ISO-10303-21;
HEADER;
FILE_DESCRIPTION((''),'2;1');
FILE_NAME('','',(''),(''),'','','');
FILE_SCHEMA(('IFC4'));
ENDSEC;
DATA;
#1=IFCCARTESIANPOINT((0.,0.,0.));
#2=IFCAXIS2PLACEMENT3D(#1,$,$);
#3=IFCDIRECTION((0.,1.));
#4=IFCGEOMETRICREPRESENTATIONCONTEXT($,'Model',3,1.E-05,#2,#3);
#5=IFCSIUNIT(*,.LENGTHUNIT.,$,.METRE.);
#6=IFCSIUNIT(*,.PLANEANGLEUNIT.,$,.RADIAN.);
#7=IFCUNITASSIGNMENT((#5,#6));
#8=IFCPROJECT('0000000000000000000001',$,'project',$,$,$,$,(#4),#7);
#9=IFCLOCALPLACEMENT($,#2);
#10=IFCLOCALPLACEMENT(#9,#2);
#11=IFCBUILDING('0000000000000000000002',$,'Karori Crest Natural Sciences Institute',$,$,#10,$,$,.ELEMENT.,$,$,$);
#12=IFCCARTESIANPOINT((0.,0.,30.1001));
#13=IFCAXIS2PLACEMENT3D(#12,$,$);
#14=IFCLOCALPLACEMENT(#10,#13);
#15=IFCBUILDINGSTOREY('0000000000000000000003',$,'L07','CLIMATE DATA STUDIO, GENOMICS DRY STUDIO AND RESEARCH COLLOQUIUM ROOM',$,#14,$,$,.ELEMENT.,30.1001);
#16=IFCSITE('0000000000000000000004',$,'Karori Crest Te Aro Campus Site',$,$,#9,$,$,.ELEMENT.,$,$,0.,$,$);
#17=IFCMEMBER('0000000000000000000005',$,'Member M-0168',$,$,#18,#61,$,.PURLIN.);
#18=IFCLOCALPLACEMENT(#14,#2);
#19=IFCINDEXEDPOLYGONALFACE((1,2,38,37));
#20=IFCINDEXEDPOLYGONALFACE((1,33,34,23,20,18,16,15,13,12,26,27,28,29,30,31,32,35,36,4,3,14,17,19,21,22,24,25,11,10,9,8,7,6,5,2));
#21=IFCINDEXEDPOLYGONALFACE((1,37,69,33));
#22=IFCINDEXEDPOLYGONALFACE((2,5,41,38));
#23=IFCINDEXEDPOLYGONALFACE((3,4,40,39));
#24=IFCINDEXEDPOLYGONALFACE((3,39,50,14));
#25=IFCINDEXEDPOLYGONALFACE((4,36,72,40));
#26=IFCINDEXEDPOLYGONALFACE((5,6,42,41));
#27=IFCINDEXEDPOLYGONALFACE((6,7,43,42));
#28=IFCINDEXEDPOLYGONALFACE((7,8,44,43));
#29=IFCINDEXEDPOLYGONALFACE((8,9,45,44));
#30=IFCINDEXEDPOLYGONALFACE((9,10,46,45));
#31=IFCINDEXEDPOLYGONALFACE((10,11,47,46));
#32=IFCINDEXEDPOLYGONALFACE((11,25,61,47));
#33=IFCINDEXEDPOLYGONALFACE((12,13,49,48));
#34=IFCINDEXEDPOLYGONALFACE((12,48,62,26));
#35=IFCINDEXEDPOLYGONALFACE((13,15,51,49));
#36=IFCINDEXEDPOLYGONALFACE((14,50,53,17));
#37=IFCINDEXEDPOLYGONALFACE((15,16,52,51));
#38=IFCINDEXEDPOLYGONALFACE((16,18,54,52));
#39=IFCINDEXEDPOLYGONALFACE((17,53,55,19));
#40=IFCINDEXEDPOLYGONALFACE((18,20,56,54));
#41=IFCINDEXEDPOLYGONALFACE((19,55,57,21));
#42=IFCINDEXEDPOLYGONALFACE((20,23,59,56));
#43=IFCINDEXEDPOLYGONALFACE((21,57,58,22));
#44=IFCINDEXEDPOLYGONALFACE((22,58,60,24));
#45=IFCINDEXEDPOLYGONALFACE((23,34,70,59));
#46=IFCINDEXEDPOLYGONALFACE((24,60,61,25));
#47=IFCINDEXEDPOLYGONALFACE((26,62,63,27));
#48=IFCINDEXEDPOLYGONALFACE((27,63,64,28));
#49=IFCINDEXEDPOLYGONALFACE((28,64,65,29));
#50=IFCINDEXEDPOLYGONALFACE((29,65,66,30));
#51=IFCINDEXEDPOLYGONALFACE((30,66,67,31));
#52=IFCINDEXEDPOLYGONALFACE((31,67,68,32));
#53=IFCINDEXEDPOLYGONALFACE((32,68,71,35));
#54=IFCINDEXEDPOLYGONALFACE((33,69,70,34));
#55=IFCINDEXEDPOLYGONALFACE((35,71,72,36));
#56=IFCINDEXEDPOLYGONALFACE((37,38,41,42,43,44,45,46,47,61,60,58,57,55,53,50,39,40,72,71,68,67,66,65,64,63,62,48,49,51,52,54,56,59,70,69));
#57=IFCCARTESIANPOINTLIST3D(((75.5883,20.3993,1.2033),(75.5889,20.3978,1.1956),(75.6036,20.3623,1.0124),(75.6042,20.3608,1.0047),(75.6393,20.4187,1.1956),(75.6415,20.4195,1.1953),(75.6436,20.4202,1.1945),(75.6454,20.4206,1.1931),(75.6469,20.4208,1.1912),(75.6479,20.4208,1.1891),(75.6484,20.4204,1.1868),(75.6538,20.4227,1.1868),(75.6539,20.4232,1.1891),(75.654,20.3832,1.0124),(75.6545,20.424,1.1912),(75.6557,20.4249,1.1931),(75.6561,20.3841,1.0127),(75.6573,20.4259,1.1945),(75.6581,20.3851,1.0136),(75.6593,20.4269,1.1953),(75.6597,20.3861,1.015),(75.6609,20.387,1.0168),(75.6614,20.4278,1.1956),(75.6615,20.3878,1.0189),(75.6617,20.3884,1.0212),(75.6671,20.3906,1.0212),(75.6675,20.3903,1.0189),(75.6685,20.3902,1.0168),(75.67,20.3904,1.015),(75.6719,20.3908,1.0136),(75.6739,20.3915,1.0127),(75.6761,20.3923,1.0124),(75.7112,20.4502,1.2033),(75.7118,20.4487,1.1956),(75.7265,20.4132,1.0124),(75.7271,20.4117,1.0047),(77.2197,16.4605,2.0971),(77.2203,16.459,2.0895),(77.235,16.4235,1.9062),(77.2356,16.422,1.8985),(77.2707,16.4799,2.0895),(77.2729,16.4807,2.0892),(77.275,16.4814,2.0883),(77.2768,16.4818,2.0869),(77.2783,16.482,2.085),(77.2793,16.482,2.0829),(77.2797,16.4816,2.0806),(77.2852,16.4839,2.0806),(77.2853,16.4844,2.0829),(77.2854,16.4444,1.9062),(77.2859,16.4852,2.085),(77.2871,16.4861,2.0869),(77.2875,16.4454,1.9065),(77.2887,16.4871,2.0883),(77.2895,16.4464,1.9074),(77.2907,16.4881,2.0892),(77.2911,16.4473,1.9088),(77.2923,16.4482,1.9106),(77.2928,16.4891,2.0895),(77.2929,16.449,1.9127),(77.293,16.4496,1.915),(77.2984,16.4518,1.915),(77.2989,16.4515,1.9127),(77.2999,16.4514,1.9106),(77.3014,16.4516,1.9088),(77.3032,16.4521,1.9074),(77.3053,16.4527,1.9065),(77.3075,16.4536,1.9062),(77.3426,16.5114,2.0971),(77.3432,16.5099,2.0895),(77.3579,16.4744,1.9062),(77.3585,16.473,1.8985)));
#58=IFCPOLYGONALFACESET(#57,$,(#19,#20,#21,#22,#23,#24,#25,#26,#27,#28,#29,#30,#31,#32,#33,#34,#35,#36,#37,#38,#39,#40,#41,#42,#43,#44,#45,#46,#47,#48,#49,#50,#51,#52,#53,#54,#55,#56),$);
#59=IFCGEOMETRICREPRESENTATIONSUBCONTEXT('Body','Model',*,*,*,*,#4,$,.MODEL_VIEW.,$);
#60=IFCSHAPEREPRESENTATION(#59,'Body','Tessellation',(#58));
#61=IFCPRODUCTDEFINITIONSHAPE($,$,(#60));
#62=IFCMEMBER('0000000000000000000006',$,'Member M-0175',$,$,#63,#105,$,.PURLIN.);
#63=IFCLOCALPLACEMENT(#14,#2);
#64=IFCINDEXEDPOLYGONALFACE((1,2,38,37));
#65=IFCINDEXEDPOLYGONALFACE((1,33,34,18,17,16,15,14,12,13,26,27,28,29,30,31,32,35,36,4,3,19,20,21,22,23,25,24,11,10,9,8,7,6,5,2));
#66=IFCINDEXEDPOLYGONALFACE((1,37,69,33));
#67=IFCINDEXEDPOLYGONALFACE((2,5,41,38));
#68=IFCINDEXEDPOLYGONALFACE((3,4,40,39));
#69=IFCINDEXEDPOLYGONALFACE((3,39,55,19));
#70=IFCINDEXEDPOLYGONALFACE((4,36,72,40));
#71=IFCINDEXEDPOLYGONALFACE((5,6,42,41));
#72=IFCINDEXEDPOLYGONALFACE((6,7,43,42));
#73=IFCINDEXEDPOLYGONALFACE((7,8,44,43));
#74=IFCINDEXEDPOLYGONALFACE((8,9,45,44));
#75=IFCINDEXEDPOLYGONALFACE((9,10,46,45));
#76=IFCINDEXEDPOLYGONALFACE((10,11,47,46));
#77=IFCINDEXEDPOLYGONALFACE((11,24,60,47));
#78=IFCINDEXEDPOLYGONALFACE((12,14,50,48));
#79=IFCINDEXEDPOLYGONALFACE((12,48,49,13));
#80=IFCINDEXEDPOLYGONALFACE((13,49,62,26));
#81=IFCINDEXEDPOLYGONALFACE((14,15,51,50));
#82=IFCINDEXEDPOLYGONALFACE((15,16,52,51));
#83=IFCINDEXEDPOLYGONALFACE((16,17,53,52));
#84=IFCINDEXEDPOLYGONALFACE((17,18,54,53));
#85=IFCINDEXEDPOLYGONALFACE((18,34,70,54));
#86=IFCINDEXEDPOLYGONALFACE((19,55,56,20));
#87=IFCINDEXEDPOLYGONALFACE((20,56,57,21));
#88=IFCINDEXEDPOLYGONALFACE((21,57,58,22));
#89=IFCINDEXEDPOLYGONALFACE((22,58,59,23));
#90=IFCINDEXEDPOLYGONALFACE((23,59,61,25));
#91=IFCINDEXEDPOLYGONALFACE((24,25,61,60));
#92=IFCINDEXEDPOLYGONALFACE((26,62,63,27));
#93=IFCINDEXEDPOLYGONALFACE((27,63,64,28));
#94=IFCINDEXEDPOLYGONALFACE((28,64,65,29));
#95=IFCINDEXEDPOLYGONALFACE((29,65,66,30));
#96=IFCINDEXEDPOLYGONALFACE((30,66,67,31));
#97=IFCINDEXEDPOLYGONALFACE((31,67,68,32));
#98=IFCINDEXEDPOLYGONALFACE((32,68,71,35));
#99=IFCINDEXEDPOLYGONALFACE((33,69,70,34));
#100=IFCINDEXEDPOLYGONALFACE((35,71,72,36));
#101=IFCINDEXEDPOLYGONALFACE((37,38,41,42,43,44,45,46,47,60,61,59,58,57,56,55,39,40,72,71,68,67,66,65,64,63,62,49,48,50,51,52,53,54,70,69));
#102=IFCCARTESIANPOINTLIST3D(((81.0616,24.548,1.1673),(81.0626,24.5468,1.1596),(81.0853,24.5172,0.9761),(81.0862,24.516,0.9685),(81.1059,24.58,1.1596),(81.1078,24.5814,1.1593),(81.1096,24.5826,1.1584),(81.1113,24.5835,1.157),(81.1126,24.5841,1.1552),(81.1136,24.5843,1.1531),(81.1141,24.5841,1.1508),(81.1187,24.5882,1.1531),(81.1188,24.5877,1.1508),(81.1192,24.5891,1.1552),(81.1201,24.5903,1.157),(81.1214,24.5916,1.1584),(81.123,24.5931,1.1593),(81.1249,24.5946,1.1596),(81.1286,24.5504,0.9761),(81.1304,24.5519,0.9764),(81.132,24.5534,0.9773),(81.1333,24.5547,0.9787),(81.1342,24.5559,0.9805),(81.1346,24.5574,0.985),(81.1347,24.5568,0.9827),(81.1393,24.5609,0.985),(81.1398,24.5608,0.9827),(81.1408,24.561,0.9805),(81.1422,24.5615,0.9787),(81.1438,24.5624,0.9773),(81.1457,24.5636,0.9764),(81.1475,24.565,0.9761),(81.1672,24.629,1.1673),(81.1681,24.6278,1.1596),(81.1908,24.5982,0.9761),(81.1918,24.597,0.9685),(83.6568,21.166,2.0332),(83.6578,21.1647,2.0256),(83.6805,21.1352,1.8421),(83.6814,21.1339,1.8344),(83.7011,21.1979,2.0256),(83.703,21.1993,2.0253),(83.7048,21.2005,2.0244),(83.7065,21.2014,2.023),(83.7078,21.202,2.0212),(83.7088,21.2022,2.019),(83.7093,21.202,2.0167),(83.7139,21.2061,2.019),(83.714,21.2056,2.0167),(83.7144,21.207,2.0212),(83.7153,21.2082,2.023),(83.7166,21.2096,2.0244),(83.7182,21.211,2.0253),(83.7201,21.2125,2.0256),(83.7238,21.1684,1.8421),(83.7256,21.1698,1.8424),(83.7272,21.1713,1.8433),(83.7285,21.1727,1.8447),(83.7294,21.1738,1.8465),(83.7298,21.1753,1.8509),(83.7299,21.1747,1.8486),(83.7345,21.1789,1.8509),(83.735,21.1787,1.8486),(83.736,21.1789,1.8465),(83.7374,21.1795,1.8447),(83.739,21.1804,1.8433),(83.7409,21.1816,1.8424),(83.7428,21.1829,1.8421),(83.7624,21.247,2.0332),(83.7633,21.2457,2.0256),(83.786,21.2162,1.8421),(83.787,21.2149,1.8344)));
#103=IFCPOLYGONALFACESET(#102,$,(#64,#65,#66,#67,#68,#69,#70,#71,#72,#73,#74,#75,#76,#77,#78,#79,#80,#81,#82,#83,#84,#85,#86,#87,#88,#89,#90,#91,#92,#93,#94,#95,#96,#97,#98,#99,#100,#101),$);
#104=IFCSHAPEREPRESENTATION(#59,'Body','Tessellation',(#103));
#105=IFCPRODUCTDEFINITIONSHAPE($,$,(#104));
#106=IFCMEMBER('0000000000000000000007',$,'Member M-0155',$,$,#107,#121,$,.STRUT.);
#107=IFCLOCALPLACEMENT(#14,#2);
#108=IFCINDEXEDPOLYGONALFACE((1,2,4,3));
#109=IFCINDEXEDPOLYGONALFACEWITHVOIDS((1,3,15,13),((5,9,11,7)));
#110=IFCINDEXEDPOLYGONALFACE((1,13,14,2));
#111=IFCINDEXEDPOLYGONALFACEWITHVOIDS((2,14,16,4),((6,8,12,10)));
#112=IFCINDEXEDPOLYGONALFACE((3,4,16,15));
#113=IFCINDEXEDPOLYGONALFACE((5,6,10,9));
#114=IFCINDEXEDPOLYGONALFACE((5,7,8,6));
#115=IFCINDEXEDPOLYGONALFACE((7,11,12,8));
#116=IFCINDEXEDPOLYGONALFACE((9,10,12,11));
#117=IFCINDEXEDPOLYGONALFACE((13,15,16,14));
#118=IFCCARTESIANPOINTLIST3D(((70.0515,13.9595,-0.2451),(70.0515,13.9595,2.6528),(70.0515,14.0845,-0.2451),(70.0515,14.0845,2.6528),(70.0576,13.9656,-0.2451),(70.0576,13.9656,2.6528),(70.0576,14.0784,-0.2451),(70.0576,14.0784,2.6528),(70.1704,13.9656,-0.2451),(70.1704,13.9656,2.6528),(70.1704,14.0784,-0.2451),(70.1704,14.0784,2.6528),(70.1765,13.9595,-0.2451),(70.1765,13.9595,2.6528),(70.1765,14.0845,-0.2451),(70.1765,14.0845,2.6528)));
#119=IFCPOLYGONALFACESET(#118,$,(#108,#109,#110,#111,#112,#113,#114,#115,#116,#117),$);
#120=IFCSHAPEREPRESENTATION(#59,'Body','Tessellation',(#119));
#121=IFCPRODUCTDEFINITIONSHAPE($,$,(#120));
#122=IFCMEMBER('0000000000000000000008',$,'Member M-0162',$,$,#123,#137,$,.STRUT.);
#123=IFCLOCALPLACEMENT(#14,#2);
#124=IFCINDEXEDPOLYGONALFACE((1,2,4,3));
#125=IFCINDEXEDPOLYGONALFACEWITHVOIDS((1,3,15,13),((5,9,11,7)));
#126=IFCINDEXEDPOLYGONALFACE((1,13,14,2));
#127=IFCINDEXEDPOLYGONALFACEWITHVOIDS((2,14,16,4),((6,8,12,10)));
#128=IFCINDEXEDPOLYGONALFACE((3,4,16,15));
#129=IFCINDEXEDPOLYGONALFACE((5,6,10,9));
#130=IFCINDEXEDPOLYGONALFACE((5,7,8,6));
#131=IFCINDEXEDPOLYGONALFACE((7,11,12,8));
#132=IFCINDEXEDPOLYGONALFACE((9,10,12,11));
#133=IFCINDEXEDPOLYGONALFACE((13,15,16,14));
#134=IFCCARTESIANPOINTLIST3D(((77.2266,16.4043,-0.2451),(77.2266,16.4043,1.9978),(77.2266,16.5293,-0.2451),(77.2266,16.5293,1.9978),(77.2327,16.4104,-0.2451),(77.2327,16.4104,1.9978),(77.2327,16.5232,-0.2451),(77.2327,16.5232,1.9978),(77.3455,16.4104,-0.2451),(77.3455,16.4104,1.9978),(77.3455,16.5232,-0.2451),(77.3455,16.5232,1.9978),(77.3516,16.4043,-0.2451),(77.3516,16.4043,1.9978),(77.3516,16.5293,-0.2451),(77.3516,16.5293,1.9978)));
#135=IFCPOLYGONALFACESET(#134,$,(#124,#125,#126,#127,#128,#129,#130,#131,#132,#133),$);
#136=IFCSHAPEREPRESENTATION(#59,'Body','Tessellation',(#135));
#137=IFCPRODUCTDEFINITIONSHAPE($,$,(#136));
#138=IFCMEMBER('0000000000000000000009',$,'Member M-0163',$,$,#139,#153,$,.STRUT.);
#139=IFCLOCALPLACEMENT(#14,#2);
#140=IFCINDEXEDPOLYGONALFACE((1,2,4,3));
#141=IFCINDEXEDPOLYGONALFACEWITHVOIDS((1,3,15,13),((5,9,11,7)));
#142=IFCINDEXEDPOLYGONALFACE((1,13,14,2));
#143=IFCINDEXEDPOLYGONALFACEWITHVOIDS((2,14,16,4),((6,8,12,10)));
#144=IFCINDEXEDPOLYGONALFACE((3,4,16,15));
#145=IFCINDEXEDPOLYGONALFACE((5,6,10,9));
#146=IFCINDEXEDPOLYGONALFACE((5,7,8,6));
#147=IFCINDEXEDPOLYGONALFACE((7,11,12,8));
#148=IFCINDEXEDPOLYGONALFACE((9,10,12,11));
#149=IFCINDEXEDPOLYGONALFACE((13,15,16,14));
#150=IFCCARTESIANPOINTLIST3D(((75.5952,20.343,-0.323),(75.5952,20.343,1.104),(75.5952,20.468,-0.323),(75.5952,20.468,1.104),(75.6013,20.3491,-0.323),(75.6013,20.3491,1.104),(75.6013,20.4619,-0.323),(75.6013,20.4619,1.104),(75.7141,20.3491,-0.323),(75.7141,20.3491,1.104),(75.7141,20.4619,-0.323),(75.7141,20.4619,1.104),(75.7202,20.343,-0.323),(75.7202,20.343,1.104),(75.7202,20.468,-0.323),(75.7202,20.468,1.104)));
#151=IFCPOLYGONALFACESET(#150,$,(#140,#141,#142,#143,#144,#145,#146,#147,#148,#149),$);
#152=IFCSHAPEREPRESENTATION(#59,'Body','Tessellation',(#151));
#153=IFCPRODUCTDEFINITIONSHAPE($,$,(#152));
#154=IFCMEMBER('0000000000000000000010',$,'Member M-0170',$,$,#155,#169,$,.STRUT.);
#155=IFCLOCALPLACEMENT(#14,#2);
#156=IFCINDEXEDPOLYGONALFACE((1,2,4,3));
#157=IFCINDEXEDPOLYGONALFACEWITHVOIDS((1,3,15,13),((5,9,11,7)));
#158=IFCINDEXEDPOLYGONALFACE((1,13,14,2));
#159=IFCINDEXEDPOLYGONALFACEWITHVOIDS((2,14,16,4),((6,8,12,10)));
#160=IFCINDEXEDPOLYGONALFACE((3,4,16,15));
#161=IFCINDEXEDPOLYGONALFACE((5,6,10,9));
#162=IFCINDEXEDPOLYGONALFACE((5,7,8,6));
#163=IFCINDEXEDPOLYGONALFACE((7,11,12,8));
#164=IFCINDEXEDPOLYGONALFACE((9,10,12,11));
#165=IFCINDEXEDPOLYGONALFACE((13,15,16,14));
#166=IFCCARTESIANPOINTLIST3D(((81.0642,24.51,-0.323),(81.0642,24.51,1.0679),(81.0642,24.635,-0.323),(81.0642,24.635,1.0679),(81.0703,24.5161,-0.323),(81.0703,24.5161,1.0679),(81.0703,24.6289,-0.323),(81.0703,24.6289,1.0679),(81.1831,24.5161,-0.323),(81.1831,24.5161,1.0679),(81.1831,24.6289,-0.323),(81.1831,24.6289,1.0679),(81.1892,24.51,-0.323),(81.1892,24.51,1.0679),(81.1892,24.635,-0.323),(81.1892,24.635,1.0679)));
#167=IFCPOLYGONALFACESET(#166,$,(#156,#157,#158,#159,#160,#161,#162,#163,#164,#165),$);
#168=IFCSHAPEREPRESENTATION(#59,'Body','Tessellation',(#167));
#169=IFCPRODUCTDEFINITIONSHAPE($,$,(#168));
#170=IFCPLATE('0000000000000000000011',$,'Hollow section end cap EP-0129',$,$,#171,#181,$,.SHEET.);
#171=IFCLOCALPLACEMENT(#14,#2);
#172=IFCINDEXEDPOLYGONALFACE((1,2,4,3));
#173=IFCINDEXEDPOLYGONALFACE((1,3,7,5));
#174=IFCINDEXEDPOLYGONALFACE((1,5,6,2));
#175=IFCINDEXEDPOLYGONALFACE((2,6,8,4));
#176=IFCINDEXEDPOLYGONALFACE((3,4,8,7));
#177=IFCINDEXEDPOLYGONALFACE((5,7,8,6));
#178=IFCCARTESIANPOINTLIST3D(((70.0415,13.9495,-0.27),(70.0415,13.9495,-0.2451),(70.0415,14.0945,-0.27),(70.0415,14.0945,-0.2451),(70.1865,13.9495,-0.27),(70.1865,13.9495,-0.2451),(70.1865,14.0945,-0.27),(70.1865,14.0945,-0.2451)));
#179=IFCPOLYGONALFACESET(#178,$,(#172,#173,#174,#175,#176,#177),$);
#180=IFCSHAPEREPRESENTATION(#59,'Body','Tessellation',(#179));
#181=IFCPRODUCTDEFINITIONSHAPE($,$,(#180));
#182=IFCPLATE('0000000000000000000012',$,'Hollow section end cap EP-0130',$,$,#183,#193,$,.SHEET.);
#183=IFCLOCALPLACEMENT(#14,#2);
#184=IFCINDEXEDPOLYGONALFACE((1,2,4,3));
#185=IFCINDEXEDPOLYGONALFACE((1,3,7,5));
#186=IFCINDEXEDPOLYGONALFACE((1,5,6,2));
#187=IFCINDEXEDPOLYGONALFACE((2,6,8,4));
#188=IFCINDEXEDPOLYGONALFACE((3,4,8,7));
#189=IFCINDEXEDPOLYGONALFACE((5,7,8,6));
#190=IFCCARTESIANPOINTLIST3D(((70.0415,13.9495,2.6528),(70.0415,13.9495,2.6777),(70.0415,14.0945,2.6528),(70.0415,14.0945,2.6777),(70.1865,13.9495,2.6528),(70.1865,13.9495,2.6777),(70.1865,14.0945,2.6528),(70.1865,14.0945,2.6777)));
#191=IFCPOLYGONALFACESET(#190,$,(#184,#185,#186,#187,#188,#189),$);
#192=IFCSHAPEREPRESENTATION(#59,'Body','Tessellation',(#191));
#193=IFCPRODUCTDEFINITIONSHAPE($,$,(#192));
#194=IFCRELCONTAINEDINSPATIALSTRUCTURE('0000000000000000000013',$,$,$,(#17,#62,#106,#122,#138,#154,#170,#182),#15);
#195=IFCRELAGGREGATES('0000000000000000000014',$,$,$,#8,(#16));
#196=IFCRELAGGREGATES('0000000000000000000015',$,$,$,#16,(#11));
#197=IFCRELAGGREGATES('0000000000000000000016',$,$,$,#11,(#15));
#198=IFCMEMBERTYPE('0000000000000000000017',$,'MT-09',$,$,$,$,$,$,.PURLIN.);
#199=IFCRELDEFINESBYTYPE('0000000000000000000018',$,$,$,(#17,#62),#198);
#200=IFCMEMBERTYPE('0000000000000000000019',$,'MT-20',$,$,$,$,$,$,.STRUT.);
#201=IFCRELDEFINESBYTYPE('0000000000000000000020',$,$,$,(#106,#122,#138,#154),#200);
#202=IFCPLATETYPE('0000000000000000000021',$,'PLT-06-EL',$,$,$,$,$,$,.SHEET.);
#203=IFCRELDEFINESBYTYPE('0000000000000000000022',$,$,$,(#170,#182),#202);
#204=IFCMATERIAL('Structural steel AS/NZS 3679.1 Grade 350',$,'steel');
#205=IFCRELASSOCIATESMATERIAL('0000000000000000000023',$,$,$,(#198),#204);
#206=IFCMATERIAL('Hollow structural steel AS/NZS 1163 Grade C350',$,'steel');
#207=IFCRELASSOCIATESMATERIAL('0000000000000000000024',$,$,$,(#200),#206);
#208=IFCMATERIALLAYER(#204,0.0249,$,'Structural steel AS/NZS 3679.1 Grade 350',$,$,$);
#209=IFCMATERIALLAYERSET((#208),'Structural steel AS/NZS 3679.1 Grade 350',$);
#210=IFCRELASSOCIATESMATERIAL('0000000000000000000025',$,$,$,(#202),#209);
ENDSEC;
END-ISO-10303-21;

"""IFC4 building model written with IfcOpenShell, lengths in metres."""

from ifc_helpers import new_model, si_unit, direction, frame, origin, origin_2d, place, context, subcontext, project, spatial, rectangle, hollow_rectangle, i_section, extrude, material, layer, layer_set, material_profile, profile_set, type_object, element, save


model = new_model("IFC4")

# Units and contexts
model_context = context("Model", 3, precision=1e-05, world=origin(), true_north=direction((0.0, 1.0)))
body_context = subcontext(model_context, "Body", "Model", "MODEL_VIEW")
ifc_project = project(units=[si_unit("LENGTHUNIT", "METRE"), si_unit("PLANEANGLEUNIT", "RADIAN")], contexts=[model_context])

# Site, building, storey
site_placement = place(None, origin())
site = spatial("IfcSite", under=ifc_project, at=site_placement, Name="Karori Crest Te Aro Campus Site", CompositionType="ELEMENT", RefElevation=0.0)
building_placement = place(site_placement, origin())
building = spatial("IfcBuilding", under=site, at=building_placement, Name="Karori Crest Natural Sciences Institute", CompositionType="ELEMENT")
storey_placement = place(building_placement, frame((0.0, 0.0, 30.1001)))
storey = spatial("IfcBuildingStorey", under=building, at=storey_placement, Name="L07", Description="CLIMATE DATA STUDIO, GENOMICS DRY STUDIO AND RESEARCH COLLOQUIUM ROOM", CompositionType="ELEMENT", Elevation=30.1001)

# Members
ifc_material_1 = material(Name="Structural steel AS/NZS 3679.1 Grade 350", Category="steel")
ifc_material_profile_1 = material_profile(ifc_material_1, i_section(OverallWidth=0.1331, OverallDepth=0.2029, WebThickness=0.0059, FlangeThickness=0.0078, FilletRadius=0.009, at=origin_2d()), Name="200UB25.4")
ifc_profile_set_1 = profile_set([ifc_material_profile_1], Name="Structural steel AS/NZS 3679.1 Grade 350")
member_type_1 = type_object("IfcMemberType", Name="MT-09", PredefinedType="PURLIN", material=ifc_profile_set_1)
member_1_placement = place(storey_placement, frame((75.6577, 20.4055, 1.104), z_axis=(0.374516, -0.904231, 0.205194), x_axis=(0.92389, 0.382659, 0.0)))
element("IfcMember", 1, at=member_1_placement, inside=storey, type_object=member_type_1, Name="Member M-0168", PredefinedType="PURLIN", context=body_context, shape_type="SweptSolid", body=[
    extrude(i_section(OverallWidth=0.1331, OverallDepth=0.2029, WebThickness=0.0059, FlangeThickness=0.0078, FilletRadius=0.009, at=origin_2d()), origin(), (0.0, 0.0, 1.0), 4.356),
])
member_2_placement = place(storey_placement, frame((81.1267, 24.5725, 1.0679), z_axis=(0.596585, -0.777469, 0.199068), x_axis=(0.793347, 0.608769, 0.0)))
element("IfcMember", 2, at=member_2_placement, inside=storey, type_object=member_type_1, Name="Member M-0175", PredefinedType="PURLIN", context=body_context, shape_type="SweptSolid", body=[
    extrude(i_section(OverallWidth=0.1331, OverallDepth=0.2029, WebThickness=0.0059, FlangeThickness=0.0078, FilletRadius=0.009, at=origin_2d()), origin(), (0.0, 0.0, 1.0), 4.3501),
])
ifc_material_2 = material(Name="Hollow structural steel AS/NZS 1163 Grade C350", Category="steel")
ifc_material_profile_2 = material_profile(ifc_material_2, hollow_rectangle(XDim=0.125, YDim=0.125, WallThickness=0.0061, at=origin_2d()), Name="SHS125x125x6")
ifc_profile_set_2 = profile_set([ifc_material_profile_2], Name="Hollow structural steel AS/NZS 1163 Grade C350")
member_type_2 = type_object("IfcMemberType", Name="MT-20", PredefinedType="STRUT", material=ifc_profile_set_2)
member_3_placement = place(storey_placement, frame((70.114, 14.022, -0.2451), z_axis=(0.0, 0.0, 1.0), x_axis=(1.0, 0.0, 0.0)))
element("IfcMember", 3, at=member_3_placement, inside=storey, type_object=member_type_2, Name="Member M-0155", PredefinedType="STRUT", context=body_context, shape_type="SweptSolid", body=[
    extrude(hollow_rectangle(XDim=0.125, YDim=0.125, WallThickness=0.0061, at=origin_2d()), origin(), (0.0, 0.0, 1.0), 2.8979),
])
member_4_placement = place(storey_placement, frame((77.2891, 16.4668, -0.2451), z_axis=(0.0, 0.0, 1.0), x_axis=(1.0, 0.0, 0.0)))
element("IfcMember", 4, at=member_4_placement, inside=storey, type_object=member_type_2, Name="Member M-0162", PredefinedType="STRUT", context=body_context, shape_type="SweptSolid", body=[
    extrude(hollow_rectangle(XDim=0.125, YDim=0.125, WallThickness=0.0061, at=origin_2d()), origin(), (0.0, 0.0, 1.0), 2.2429),
])
member_5_placement = place(storey_placement, frame((75.6577, 20.4055, -0.323), z_axis=(0.0, 0.0, 1.0), x_axis=(1.0, 0.0, 0.0)))
element("IfcMember", 5, at=member_5_placement, inside=storey, type_object=member_type_2, Name="Member M-0163", PredefinedType="STRUT", context=body_context, shape_type="SweptSolid", body=[
    extrude(hollow_rectangle(XDim=0.125, YDim=0.125, WallThickness=0.0061, at=origin_2d()), origin(), (0.0, 0.0, 1.0), 1.427),
])
member_6_placement = place(storey_placement, frame((81.1267, 24.5725, -0.323), z_axis=(0.0, 0.0, 1.0), x_axis=(1.0, 0.0, 0.0)))
element("IfcMember", 6, at=member_6_placement, inside=storey, type_object=member_type_2, Name="Member M-0170", PredefinedType="STRUT", context=body_context, shape_type="SweptSolid", body=[
    extrude(hollow_rectangle(XDim=0.125, YDim=0.125, WallThickness=0.0061, at=origin_2d()), origin(), (0.0, 0.0, 1.0), 1.3909),
])

# Plates
ifc_layer_1 = layer(ifc_material_1, 0.0249, Name="Structural steel AS/NZS 3679.1 Grade 350")
ifc_layer_set_1 = layer_set([ifc_layer_1], Name="Structural steel AS/NZS 3679.1 Grade 350")
plate_type = type_object("IfcPlateType", Name="PLT-06-EL", PredefinedType="SHEET", material=ifc_layer_set_1)
for number, where, z_axis, x_axis, name in (
    (7, (70.114, 14.022, -0.27), (0.0, 0.0, 1.0), (1.0, 0.0, 0.0), "Hollow section end cap EP-0129"),
    (8, (70.114, 14.022, 2.6528), (0.0, 0.0, 1.0), (1.0, 0.0, 0.0), "Hollow section end cap EP-0130"),
):
    element("IfcPlate", number, at=place(storey_placement, frame(where, z_axis=z_axis, x_axis=x_axis)), inside=storey, type_object=plate_type, Name=name, PredefinedType="SHEET", context=body_context, shape_type="SweptSolid", body=[
        extrude(rectangle(XDim=0.145, YDim=0.145, at=origin_2d()), origin(), (0.0, 0.0, 1.0), 0.0249),
    ])

save(model, "model.ifc")
